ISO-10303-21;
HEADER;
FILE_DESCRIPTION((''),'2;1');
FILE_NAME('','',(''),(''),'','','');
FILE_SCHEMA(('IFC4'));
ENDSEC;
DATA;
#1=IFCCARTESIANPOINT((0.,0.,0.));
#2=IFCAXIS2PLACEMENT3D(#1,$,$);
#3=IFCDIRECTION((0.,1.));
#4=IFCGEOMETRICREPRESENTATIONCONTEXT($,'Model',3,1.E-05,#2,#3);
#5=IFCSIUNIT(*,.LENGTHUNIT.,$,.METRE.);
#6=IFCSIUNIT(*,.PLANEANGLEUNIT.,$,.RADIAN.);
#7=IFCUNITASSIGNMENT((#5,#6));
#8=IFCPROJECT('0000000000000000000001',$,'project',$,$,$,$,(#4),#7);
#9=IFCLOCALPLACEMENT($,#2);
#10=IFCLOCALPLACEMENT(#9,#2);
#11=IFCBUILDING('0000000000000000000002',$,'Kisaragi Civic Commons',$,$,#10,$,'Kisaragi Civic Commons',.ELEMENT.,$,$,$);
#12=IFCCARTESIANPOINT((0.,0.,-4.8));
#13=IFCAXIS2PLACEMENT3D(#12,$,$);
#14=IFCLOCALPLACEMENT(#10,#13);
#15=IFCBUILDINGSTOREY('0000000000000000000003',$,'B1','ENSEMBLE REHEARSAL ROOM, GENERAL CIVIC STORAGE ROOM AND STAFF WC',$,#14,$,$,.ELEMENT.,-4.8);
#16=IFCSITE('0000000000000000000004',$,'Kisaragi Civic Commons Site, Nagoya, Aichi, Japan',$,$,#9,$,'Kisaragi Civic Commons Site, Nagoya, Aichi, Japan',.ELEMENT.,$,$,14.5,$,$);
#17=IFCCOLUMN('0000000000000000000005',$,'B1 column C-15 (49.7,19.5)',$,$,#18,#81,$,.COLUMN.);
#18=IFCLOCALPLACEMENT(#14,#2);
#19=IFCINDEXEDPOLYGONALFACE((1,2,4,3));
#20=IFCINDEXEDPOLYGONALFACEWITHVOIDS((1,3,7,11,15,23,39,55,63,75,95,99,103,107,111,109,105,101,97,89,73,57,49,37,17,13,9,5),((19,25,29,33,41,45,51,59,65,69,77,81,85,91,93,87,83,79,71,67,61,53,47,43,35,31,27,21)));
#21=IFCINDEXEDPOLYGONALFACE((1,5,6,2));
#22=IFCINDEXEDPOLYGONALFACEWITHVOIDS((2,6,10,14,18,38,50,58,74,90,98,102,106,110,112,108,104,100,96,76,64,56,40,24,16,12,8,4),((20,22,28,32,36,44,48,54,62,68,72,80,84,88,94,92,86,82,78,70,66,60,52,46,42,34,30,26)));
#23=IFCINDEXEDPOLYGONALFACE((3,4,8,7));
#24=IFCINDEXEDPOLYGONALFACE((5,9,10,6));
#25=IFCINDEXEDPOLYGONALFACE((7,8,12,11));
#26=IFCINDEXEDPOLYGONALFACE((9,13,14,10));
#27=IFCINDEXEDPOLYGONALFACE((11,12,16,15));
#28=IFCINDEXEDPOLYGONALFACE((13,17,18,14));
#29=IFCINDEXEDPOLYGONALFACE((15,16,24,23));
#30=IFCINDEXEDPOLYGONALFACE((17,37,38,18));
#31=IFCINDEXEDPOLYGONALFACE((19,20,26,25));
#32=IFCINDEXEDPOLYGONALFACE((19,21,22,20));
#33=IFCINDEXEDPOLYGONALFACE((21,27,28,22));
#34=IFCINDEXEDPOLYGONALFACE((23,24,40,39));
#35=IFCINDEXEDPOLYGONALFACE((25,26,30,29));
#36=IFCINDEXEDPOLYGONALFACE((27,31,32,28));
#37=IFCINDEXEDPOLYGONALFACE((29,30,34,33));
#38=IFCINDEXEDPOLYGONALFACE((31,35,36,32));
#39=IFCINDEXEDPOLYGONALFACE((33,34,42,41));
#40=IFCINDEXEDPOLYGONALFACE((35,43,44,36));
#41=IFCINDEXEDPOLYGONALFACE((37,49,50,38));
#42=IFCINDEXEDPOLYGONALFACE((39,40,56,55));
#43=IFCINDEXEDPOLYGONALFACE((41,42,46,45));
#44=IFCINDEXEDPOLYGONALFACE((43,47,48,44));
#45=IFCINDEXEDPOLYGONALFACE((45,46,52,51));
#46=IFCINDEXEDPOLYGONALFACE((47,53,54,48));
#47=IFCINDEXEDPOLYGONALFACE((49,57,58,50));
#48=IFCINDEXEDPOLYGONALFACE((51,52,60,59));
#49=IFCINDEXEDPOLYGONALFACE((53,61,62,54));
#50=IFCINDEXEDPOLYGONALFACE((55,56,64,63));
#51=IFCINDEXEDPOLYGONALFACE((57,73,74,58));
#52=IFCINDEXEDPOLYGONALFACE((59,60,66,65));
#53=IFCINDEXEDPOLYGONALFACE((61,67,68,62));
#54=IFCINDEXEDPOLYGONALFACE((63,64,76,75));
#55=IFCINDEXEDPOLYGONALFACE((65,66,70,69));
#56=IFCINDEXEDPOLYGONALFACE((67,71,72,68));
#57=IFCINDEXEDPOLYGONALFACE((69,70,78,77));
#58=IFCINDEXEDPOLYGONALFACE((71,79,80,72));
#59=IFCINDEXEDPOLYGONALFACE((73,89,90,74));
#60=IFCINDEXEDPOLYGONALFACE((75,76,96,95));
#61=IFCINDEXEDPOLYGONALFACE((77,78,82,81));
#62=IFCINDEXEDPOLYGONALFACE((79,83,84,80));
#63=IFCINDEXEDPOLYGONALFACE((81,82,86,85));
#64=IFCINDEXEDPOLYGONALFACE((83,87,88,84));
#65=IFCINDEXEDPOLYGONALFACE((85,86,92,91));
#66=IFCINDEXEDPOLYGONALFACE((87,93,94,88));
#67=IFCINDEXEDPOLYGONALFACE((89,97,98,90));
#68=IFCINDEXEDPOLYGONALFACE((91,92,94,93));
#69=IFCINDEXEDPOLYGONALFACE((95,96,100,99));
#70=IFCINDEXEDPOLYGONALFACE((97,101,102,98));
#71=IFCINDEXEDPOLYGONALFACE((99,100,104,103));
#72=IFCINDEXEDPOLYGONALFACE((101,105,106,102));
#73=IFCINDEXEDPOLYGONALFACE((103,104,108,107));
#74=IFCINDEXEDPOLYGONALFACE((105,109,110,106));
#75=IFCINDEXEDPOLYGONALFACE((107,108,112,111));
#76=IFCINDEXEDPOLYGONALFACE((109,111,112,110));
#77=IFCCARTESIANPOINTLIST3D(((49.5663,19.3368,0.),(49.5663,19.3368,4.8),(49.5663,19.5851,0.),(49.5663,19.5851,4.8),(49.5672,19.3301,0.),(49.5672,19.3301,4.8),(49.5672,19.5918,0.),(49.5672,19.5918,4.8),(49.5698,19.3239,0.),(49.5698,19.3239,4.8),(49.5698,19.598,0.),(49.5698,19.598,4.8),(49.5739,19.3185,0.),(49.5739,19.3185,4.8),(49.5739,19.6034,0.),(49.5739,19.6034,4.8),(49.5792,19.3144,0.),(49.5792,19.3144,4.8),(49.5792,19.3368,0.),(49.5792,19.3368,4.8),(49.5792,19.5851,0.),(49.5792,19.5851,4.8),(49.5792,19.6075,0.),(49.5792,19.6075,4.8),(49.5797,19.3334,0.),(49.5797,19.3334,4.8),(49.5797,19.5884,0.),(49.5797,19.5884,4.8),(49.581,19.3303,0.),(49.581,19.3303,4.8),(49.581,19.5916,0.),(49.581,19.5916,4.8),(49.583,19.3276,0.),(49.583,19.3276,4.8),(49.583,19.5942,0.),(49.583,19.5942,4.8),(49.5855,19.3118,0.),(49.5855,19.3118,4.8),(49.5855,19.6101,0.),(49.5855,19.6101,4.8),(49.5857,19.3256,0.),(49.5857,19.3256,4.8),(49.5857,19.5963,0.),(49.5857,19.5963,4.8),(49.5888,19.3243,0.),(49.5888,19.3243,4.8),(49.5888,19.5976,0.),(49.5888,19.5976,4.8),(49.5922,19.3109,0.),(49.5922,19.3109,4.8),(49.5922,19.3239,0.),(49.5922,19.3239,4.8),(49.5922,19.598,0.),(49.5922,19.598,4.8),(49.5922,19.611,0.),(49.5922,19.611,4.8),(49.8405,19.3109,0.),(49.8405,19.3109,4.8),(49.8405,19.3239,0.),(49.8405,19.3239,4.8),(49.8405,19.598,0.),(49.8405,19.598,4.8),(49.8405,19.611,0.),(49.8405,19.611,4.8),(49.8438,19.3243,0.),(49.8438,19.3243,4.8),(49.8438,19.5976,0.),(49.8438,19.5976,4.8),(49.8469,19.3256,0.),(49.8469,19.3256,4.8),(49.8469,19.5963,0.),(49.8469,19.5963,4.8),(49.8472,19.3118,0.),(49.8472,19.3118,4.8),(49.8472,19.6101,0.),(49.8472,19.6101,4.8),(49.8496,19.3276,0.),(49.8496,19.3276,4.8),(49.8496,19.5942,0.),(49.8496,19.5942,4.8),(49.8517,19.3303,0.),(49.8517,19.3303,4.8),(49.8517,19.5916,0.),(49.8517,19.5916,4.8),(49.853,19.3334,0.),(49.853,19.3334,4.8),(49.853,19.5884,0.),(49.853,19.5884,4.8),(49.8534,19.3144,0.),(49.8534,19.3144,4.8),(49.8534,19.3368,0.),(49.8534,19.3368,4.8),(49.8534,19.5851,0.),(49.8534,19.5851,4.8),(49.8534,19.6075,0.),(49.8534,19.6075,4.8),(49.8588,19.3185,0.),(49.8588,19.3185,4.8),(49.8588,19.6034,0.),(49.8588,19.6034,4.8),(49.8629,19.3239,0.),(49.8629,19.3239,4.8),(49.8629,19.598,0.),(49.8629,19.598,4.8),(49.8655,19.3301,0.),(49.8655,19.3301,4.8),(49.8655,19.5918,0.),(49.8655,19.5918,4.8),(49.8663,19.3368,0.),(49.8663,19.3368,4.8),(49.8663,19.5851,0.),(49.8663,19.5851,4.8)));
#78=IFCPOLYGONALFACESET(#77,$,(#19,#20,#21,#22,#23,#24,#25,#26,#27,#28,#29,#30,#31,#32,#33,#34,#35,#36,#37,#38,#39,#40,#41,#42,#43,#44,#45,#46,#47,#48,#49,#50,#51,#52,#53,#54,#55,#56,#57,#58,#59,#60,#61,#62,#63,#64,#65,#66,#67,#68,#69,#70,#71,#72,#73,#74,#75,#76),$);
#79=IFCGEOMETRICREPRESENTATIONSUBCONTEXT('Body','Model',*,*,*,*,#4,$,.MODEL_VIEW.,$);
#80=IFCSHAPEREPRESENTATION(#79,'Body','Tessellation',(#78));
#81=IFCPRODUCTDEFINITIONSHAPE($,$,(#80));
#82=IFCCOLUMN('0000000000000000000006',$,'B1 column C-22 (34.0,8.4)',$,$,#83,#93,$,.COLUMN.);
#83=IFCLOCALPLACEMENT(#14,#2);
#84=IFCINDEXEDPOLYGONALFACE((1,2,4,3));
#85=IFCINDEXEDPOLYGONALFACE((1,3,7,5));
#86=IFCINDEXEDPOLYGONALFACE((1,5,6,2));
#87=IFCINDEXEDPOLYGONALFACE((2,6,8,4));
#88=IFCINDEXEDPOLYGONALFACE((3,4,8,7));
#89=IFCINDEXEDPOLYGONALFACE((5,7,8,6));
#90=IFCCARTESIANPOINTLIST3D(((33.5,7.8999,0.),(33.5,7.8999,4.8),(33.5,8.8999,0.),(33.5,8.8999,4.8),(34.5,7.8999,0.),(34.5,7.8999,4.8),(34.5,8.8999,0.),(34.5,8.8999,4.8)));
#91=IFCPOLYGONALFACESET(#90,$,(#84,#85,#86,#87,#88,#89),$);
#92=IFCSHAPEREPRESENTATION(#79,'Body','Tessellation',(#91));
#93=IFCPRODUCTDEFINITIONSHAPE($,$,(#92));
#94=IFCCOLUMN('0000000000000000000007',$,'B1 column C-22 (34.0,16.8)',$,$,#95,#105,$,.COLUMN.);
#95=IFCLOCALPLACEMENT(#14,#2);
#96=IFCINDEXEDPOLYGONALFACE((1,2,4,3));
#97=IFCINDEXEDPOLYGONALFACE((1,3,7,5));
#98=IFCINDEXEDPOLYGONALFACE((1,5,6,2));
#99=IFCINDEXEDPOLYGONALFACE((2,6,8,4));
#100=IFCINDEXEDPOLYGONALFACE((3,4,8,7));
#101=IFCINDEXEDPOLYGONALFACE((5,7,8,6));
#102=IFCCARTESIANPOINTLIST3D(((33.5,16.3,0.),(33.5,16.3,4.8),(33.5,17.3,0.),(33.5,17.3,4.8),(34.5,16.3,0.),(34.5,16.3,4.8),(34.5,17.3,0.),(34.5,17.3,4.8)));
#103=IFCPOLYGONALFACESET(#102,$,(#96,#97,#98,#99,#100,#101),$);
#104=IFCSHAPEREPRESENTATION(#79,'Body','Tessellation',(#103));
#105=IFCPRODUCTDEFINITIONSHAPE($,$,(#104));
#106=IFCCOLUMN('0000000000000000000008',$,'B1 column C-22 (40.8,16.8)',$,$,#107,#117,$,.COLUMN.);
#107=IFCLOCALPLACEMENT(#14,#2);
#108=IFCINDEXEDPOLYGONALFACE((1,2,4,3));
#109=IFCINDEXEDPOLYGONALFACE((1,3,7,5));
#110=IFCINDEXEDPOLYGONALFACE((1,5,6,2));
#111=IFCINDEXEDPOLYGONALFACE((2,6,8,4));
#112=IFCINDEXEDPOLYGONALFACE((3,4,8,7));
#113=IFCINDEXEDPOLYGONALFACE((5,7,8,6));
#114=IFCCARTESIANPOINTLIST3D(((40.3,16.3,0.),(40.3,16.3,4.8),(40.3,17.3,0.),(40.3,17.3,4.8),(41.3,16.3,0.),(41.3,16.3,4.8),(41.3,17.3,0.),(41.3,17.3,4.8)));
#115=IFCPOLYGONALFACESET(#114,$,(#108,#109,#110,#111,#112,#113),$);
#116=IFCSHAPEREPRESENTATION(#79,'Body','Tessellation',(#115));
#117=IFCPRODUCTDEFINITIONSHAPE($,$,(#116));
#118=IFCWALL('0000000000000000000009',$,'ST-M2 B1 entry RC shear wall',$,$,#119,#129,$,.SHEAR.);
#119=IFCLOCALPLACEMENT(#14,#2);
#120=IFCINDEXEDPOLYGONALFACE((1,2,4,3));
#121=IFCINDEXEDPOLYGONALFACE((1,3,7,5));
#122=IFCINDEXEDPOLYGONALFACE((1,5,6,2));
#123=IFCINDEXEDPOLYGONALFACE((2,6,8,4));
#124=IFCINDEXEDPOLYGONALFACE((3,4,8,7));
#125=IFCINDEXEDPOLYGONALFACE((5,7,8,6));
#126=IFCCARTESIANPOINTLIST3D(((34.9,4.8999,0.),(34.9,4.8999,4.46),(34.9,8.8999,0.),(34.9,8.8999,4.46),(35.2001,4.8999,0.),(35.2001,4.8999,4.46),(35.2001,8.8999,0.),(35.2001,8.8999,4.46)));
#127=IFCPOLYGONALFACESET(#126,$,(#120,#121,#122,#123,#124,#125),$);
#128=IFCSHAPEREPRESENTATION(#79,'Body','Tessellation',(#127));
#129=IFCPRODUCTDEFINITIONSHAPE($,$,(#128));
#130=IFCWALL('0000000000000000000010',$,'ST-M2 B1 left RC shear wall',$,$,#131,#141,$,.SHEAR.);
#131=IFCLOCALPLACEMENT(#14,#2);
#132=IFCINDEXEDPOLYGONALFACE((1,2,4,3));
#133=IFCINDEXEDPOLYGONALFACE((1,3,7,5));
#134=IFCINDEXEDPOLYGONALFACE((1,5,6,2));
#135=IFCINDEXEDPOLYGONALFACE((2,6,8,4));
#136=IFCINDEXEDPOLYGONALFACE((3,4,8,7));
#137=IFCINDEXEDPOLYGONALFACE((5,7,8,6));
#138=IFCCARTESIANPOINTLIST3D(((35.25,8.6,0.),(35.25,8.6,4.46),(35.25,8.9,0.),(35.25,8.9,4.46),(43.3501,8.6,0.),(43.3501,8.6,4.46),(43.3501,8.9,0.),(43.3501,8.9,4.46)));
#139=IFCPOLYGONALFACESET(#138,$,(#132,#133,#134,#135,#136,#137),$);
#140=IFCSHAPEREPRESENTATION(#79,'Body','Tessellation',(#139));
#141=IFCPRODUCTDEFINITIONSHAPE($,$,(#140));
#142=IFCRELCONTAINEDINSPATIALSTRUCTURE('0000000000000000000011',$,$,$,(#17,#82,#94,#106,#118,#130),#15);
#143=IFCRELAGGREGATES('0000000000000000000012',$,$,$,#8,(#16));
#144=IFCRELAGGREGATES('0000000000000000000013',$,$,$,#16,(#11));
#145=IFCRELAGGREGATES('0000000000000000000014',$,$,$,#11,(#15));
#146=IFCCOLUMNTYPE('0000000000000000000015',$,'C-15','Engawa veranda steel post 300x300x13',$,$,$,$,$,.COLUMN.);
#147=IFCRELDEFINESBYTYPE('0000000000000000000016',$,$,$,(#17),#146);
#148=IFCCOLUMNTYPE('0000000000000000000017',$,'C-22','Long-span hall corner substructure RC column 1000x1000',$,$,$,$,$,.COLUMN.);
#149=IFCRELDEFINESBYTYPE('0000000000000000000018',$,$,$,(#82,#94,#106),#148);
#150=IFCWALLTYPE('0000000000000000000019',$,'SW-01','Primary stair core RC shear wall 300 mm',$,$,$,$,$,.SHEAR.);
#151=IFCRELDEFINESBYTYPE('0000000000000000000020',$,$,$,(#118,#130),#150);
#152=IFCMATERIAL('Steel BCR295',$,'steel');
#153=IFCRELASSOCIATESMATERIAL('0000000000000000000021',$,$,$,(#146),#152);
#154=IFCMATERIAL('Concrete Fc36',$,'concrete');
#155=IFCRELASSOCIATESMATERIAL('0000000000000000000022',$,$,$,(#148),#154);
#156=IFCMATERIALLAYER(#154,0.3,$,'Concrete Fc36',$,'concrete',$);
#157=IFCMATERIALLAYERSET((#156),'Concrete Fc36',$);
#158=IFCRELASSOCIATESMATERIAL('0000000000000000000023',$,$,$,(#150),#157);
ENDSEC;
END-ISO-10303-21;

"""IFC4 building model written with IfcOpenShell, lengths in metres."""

from ifc_helpers import new_model, si_unit, direction, frame, frame_2d, origin, origin_2d, place, context, subcontext, project, spatial, rectangle, hollow_rectangle, extrude, material, layer, layer_set, material_profile, profile_set, type_object, element, save


model = new_model("IFC4")

# Units and contexts
model_context = context("Model", 3, precision=1e-05, world=origin(), true_north=direction((0.0, 1.0)))
body_context = subcontext(model_context, "Body", "Model", "MODEL_VIEW")
ifc_project = project(units=[si_unit("LENGTHUNIT", "METRE"), si_unit("PLANEANGLEUNIT", "RADIAN")], contexts=[model_context])

# Site, building, storey
site_placement = place(None, origin())
site = spatial("IfcSite", under=ifc_project, at=site_placement, Name="Kisaragi Civic Commons Site, Nagoya, Aichi, Japan", LongName="Kisaragi Civic Commons Site, Nagoya, Aichi, Japan", CompositionType="ELEMENT", RefElevation=14.5)
building_placement = place(site_placement, origin())
building = spatial("IfcBuilding", under=site, at=building_placement, Name="Kisaragi Civic Commons", LongName="Kisaragi Civic Commons", CompositionType="ELEMENT")
storey_placement = place(building_placement, frame((0.0, 0.0, -4.8)))
storey = spatial("IfcBuildingStorey", under=building, at=storey_placement, Name="B1", Description="ENSEMBLE REHEARSAL ROOM, GENERAL CIVIC STORAGE ROOM AND STAFF WC", CompositionType="ELEMENT", Elevation=-4.8)

# Shared definitions
ifc_material_1 = material(Name="Concrete Fc36", Category="concrete")

# Columns
ifc_material_2 = material(Name="Steel BCR295", Category="steel")
ifc_material_profile_1 = material_profile(ifc_material_2, hollow_rectangle(XDim=0.3, YDim=0.3, WallThickness=0.0129, InnerFilletRadius=0.0129, OuterFilletRadius=0.0259, at=origin_2d()), Name="BCR-300x300x13", Category="steel")
ifc_profile_set_1 = profile_set([ifc_material_profile_1], Name="Steel BCR295")
column_type_1 = type_object("IfcColumnType", Name="C-15", Description="Engawa veranda steel post 300x300x13", PredefinedType="COLUMN", material=ifc_profile_set_1)
for number, where, z_axis, x_axis, name in (
    (1, (49.7163, 19.4609, 0.0), (0.0, 0.0, 1.0), (1.0, 0.0, 0.0), "B1 column C-15 (49.7,19.5)"),
):
    element("IfcColumn", number, at=place(storey_placement, frame(where, z_axis=z_axis, x_axis=x_axis)), inside=storey, type_object=column_type_1, Name=name, PredefinedType="COLUMN", context=body_context, shape_type="SweptSolid", body=[
        extrude(hollow_rectangle(XDim=0.3, YDim=0.3, WallThickness=0.0129, InnerFilletRadius=0.0129, OuterFilletRadius=0.0259, at=origin_2d()), origin(), (0.0, 0.0, 1.0), 4.8),
    ])
ifc_material_profile_2 = material_profile(ifc_material_1, rectangle(XDim=1.0, YDim=1.0, at=origin_2d()), Name="RC-1000x1000", Category="concrete")
ifc_profile_set_2 = profile_set([ifc_material_profile_2], Name="Concrete Fc36")
column_type_2 = type_object("IfcColumnType", Name="C-22", Description="Long-span hall corner substructure RC column 1000x1000", PredefinedType="COLUMN", material=ifc_profile_set_2)
for number, where, z_axis, x_axis, name in (
    (2, (34.0, 8.3999, 0.0), (0.0, 0.0, 1.0), (1.0, 0.0, 0.0), "B1 column C-22 (34.0,8.4)"),
    (3, (34.0, 16.8, 0.0), (0.0, 0.0, 1.0), (1.0, 0.0, 0.0), "B1 column C-22 (34.0,16.8)"),
    (4, (40.8, 16.8, 0.0), (0.0, 0.0, 1.0), (1.0, 0.0, 0.0), "B1 column C-22 (40.8,16.8)"),
):
    element("IfcColumn", number, at=place(storey_placement, frame(where, z_axis=z_axis, x_axis=x_axis)), inside=storey, type_object=column_type_2, Name=name, PredefinedType="COLUMN", context=body_context, shape_type="SweptSolid", body=[
        extrude(rectangle(XDim=1.0, YDim=1.0, at=origin_2d()), origin(), (0.0, 0.0, 1.0), 4.8),
    ])

# Walls
ifc_layer = layer(ifc_material_1, 0.3, Name="Concrete Fc36", Category="concrete")
ifc_layer_set = layer_set([ifc_layer], Name="Concrete Fc36")
wall_type = type_object("IfcWallType", Name="SW-01", Description="Primary stair core RC shear wall 300 mm", PredefinedType="SHEAR", material=ifc_layer_set)
wall_1_placement = place(storey_placement, frame((35.05, 8.8999, 0.0), z_axis=(0.0, 0.0, 1.0), x_axis=(0.0, -1.0, 0.0)))
element("IfcWall", 5, at=wall_1_placement, inside=storey, type_object=wall_type, Name="ST-M2 B1 entry RC shear wall", PredefinedType="SHEAR", context=body_context, shape_type="SweptSolid", body=[
    extrude(rectangle(XDim=4.0, YDim=0.3, at=frame_2d((2.0, 0.0))), origin(), (0.0, 0.0, 1.0), 4.46),
])
wall_2_placement = place(storey_placement, frame((43.3501, 8.75, 0.0), z_axis=(0.0, 0.0, 1.0), x_axis=(-1.0, 0.0, 0.0)))
element("IfcWall", 6, at=wall_2_placement, inside=storey, type_object=wall_type, Name="ST-M2 B1 left RC shear wall", PredefinedType="SHEAR", context=body_context, shape_type="SweptSolid", body=[
    extrude(rectangle(XDim=8.1001, YDim=0.3, at=frame_2d((4.05, 0.0))), origin(), (0.0, 0.0, 1.0), 4.46),
])

save(model, "model.ifc")
